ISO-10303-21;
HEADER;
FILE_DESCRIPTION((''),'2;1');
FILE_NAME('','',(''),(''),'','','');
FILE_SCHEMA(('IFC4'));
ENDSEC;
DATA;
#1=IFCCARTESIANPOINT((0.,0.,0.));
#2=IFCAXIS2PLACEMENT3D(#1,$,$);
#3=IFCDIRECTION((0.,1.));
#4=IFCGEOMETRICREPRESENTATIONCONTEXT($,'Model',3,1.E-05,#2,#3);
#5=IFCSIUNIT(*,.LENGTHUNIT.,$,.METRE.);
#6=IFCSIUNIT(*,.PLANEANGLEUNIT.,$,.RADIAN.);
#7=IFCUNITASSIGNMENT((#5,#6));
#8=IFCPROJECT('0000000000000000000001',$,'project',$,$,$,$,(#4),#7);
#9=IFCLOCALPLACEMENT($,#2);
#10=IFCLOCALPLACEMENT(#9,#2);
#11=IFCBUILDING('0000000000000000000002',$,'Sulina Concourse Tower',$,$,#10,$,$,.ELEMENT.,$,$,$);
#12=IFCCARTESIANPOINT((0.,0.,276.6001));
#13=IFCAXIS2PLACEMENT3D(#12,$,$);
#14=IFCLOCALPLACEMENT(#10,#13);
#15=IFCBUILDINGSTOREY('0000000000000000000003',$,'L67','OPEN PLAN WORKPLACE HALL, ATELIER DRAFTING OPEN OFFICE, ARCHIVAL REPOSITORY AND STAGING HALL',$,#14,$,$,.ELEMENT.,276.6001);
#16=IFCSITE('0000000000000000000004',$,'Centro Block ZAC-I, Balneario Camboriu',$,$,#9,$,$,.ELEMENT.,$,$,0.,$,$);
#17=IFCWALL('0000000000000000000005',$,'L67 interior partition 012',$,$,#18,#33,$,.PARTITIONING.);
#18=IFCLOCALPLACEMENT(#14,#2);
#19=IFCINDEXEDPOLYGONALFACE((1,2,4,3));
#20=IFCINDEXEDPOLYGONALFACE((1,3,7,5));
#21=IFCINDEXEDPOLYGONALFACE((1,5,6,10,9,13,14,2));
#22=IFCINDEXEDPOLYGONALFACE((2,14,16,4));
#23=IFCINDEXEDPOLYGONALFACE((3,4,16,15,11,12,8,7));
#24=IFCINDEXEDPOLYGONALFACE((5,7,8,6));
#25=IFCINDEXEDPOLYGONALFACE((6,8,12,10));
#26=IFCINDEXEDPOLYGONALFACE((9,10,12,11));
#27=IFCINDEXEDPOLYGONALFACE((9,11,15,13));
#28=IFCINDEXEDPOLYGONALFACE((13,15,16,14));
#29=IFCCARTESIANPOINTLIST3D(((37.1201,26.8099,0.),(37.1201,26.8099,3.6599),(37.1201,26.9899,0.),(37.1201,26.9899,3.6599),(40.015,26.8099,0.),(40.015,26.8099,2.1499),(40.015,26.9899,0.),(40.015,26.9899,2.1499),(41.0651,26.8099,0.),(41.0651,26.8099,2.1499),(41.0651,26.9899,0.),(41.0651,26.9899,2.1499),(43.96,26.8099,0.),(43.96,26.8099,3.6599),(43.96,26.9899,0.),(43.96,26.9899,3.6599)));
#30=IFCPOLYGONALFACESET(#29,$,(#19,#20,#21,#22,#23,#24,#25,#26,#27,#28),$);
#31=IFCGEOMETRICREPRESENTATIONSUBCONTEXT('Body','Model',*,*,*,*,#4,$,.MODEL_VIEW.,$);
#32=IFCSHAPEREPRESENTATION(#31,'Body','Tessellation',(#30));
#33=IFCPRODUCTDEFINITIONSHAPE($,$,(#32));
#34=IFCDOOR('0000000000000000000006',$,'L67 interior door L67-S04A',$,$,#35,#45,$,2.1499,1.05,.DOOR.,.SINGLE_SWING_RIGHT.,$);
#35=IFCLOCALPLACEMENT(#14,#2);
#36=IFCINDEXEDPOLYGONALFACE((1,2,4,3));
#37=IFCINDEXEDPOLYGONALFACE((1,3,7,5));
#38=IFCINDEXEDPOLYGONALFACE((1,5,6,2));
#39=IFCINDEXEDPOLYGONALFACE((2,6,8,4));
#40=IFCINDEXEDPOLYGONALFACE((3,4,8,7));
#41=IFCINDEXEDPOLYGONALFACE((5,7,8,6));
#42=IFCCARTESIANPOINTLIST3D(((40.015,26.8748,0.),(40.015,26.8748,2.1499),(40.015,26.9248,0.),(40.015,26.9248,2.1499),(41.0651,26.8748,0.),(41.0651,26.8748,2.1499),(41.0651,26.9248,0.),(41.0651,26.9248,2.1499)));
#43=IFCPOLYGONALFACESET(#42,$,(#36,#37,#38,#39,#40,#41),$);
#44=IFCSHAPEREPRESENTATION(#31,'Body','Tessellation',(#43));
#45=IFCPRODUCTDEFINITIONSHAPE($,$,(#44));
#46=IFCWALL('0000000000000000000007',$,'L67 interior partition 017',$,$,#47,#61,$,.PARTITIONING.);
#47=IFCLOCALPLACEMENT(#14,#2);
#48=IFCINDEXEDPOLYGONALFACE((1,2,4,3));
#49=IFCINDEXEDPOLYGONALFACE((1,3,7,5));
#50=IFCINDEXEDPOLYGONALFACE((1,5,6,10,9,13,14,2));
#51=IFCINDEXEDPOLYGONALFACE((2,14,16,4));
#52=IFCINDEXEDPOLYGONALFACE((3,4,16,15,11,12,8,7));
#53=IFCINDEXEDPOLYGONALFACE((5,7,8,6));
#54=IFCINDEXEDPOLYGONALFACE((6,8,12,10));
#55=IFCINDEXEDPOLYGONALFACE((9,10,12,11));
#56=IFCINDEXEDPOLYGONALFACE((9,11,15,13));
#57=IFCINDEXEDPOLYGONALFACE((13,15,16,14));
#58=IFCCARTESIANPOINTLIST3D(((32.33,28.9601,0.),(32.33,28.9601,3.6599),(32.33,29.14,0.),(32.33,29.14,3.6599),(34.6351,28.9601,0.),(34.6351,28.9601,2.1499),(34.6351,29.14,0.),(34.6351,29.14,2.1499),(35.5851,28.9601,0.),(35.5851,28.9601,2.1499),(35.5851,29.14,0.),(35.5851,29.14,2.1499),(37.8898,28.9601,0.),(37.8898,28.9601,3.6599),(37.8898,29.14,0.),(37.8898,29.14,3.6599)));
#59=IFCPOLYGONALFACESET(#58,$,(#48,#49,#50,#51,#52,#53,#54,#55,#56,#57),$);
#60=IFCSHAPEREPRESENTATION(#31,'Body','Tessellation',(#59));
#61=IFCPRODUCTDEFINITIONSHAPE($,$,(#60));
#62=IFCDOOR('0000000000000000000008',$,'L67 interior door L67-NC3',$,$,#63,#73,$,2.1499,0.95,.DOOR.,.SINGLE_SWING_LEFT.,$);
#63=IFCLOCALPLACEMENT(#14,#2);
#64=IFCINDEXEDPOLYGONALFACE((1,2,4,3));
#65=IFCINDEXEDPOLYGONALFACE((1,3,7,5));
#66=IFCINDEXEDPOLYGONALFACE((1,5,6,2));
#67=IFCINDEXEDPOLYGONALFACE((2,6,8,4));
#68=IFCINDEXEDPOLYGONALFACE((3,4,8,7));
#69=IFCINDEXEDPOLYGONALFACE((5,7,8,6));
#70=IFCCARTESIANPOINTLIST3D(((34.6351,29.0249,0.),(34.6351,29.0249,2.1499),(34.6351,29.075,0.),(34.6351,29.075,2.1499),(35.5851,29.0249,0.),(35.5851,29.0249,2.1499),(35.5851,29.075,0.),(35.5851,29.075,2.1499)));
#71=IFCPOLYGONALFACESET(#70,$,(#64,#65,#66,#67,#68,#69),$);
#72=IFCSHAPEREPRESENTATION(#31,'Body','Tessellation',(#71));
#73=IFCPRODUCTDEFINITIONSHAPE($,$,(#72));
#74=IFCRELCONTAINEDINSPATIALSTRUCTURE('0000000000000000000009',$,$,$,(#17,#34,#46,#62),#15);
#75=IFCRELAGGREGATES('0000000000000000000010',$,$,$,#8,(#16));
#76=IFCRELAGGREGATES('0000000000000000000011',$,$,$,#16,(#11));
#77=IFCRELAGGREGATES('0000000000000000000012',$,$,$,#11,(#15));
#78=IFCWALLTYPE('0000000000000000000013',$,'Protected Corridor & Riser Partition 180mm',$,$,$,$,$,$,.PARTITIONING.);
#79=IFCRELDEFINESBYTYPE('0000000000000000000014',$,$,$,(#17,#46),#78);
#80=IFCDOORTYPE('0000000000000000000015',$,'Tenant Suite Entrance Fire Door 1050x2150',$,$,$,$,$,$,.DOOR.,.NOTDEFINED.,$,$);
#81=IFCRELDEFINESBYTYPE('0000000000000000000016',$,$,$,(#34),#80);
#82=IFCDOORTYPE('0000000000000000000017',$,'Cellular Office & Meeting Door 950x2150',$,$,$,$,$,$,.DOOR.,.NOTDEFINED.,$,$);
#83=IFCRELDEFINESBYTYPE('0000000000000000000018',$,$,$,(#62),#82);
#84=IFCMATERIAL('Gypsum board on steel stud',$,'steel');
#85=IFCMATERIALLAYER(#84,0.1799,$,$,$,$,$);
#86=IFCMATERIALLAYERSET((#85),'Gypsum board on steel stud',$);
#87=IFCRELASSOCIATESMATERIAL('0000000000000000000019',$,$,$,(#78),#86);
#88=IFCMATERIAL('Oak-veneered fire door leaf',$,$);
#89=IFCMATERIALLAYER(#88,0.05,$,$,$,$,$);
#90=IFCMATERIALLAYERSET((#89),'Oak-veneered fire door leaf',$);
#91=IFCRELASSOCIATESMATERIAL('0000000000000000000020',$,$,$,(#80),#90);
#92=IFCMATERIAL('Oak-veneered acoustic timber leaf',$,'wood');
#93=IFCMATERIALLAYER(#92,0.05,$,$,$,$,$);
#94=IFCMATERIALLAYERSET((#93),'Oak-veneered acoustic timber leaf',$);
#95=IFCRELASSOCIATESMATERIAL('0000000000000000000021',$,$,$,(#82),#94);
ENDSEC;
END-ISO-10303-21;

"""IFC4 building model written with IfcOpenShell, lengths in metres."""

from ifc_helpers import new_model, si_unit, direction, frame, frame_2d, origin, place, context, subcontext, project, spatial, rectangle, extrude, material, layer, layer_set, type_object, element, fill, save


model = new_model("IFC4")

# Units and contexts
model_context = context("Model", 3, precision=1e-05, world=origin(), true_north=direction((0.0, 1.0)))
body_context = subcontext(model_context, "Body", "Model", "MODEL_VIEW")
ifc_project = project(units=[si_unit("LENGTHUNIT", "METRE"), si_unit("PLANEANGLEUNIT", "RADIAN")], contexts=[model_context])

# Site, building, storey
site_placement = place(None, origin())
site = spatial("IfcSite", under=ifc_project, at=site_placement, Name="Centro Block ZAC-I, Balneario Camboriu", CompositionType="ELEMENT", RefElevation=0.0)
building_placement = place(site_placement, origin())
building = spatial("IfcBuilding", under=site, at=building_placement, Name="Sulina Concourse Tower", CompositionType="ELEMENT")
storey_placement = place(building_placement, frame((0.0, 0.0, 276.6001)))
storey = spatial("IfcBuildingStorey", under=building, at=storey_placement, Name="L67", Description="OPEN PLAN WORKPLACE HALL, ATELIER DRAFTING OPEN OFFICE, ARCHIVAL REPOSITORY AND STAGING HALL", CompositionType="ELEMENT", Elevation=276.6001)

# Walls, openings, doors
ifc_material_1 = material(Name="Gypsum board on steel stud", Category="steel")
ifc_layer_1 = layer(ifc_material_1, 0.1799)
ifc_layer_set_1 = layer_set([ifc_layer_1], Name="Gypsum board on steel stud")
wall_type_1 = type_object("IfcWallType", Name="Protected Corridor & Riser Partition 180mm", PredefinedType="PARTITIONING", material=ifc_layer_set_1)
wall_1_placement = place(storey_placement, frame((37.1201, 26.8999, 0.0), z_axis=(0.0, 0.0, 1.0), x_axis=(1.0, 0.0, 0.0)))
wall_1 = element("IfcWall", 1, at=wall_1_placement, inside=storey, type_object=wall_type_1, Name="L67 interior partition 012", PredefinedType="PARTITIONING", context=body_context, shape_type="SweptSolid", body=[
    extrude(rectangle(XDim=6.8398, YDim=0.1799, at=frame_2d((3.4199, 0.0))), origin(), (0.0, 0.0, 1.0), 3.6599),
])
opening_1_placement = place(wall_1_placement, frame((2.895, 0.0, 0.0)))
opening_1 = element("IfcOpeningElement", 2, at=opening_1_placement, cuts=wall_1, PredefinedType="OPENING", context=body_context, shape_type="SweptSolid", body=[
    extrude(rectangle(XDim=1.05, YDim=2.1499, at=frame_2d((0.5249, 1.075))), frame((0.0, 0.0999, 0.0), z_axis=(0.0, -1.0, 0.0), x_axis=(1.0, 0.0, 0.0)), (0.0, 0.0, 1.0), 0.2),
])
ifc_material_2 = material(Name="Oak-veneered fire door leaf")
ifc_layer_2 = layer(ifc_material_2, 0.05)
ifc_layer_set_2 = layer_set([ifc_layer_2], Name="Oak-veneered fire door leaf")
door_type_1 = type_object("IfcDoorType", Name="Tenant Suite Entrance Fire Door 1050x2150", OperationType="NOTDEFINED", PredefinedType="DOOR", material=ifc_layer_set_2)
door_1_placement = place(opening_1_placement, origin())
door_1 = element("IfcDoor", 3, at=door_1_placement, inside=storey, type_object=door_type_1, Name="L67 interior door L67-S04A", OperationType="SINGLE_SWING_RIGHT", OverallHeight=2.1499, OverallWidth=1.05, PredefinedType="DOOR", context=body_context, shape_type="SweptSolid", body=[
    extrude(rectangle(XDim=1.05, YDim=2.1499, at=frame_2d((0.5249, 1.075))), frame((0.0, 0.0249, 0.0), z_axis=(0.0, -1.0, 0.0), x_axis=(1.0, 0.0, 0.0)), (0.0, 0.0, 1.0), 0.05),
])
fill(opening_1, door_1)
wall_2_placement = place(storey_placement, frame((32.3301, 29.05, 0.0), z_axis=(0.0, 0.0, 1.0), x_axis=(1.0, 0.0, 0.0)))
wall_2 = element("IfcWall", 4, at=wall_2_placement, inside=storey, type_object=wall_type_1, Name="L67 interior partition 017", PredefinedType="PARTITIONING", context=body_context, shape_type="SweptSolid", body=[
    extrude(rectangle(XDim=5.5598, YDim=0.1799, at=frame_2d((2.7798, 0.0))), origin(), (0.0, 0.0, 1.0), 3.6599),
])
opening_2_placement = place(wall_2_placement, frame((2.3049, 0.0, 0.0)))
opening_2 = element("IfcOpeningElement", 5, at=opening_2_placement, cuts=wall_2, PredefinedType="OPENING", context=body_context, shape_type="SweptSolid", body=[
    extrude(rectangle(XDim=0.95, YDim=2.1499, at=frame_2d((0.4751, 1.075))), frame((0.0, 0.0999, 0.0), z_axis=(0.0, -1.0, 0.0), x_axis=(1.0, 0.0, 0.0)), (0.0, 0.0, 1.0), 0.2),
])
ifc_material_3 = material(Name="Oak-veneered acoustic timber leaf", Category="wood")
ifc_layer_3 = layer(ifc_material_3, 0.05)
ifc_layer_set_3 = layer_set([ifc_layer_3], Name="Oak-veneered acoustic timber leaf")
door_type_2 = type_object("IfcDoorType", Name="Cellular Office & Meeting Door 950x2150", OperationType="NOTDEFINED", PredefinedType="DOOR", material=ifc_layer_set_3)
door_2_placement = place(opening_2_placement, origin())
door_2 = element("IfcDoor", 6, at=door_2_placement, inside=storey, type_object=door_type_2, Name="L67 interior door L67-NC3", OperationType="SINGLE_SWING_LEFT", OverallHeight=2.1499, OverallWidth=0.95, PredefinedType="DOOR", context=body_context, shape_type="SweptSolid", body=[
    extrude(rectangle(XDim=0.95, YDim=2.1499, at=frame_2d((0.4751, 1.075))), frame((0.0, 0.0249, 0.0), z_axis=(0.0, -1.0, 0.0), x_axis=(1.0, 0.0, 0.0)), (0.0, 0.0, 1.0), 0.05),
])
fill(opening_2, door_2)

save(model, "model.ifc")
